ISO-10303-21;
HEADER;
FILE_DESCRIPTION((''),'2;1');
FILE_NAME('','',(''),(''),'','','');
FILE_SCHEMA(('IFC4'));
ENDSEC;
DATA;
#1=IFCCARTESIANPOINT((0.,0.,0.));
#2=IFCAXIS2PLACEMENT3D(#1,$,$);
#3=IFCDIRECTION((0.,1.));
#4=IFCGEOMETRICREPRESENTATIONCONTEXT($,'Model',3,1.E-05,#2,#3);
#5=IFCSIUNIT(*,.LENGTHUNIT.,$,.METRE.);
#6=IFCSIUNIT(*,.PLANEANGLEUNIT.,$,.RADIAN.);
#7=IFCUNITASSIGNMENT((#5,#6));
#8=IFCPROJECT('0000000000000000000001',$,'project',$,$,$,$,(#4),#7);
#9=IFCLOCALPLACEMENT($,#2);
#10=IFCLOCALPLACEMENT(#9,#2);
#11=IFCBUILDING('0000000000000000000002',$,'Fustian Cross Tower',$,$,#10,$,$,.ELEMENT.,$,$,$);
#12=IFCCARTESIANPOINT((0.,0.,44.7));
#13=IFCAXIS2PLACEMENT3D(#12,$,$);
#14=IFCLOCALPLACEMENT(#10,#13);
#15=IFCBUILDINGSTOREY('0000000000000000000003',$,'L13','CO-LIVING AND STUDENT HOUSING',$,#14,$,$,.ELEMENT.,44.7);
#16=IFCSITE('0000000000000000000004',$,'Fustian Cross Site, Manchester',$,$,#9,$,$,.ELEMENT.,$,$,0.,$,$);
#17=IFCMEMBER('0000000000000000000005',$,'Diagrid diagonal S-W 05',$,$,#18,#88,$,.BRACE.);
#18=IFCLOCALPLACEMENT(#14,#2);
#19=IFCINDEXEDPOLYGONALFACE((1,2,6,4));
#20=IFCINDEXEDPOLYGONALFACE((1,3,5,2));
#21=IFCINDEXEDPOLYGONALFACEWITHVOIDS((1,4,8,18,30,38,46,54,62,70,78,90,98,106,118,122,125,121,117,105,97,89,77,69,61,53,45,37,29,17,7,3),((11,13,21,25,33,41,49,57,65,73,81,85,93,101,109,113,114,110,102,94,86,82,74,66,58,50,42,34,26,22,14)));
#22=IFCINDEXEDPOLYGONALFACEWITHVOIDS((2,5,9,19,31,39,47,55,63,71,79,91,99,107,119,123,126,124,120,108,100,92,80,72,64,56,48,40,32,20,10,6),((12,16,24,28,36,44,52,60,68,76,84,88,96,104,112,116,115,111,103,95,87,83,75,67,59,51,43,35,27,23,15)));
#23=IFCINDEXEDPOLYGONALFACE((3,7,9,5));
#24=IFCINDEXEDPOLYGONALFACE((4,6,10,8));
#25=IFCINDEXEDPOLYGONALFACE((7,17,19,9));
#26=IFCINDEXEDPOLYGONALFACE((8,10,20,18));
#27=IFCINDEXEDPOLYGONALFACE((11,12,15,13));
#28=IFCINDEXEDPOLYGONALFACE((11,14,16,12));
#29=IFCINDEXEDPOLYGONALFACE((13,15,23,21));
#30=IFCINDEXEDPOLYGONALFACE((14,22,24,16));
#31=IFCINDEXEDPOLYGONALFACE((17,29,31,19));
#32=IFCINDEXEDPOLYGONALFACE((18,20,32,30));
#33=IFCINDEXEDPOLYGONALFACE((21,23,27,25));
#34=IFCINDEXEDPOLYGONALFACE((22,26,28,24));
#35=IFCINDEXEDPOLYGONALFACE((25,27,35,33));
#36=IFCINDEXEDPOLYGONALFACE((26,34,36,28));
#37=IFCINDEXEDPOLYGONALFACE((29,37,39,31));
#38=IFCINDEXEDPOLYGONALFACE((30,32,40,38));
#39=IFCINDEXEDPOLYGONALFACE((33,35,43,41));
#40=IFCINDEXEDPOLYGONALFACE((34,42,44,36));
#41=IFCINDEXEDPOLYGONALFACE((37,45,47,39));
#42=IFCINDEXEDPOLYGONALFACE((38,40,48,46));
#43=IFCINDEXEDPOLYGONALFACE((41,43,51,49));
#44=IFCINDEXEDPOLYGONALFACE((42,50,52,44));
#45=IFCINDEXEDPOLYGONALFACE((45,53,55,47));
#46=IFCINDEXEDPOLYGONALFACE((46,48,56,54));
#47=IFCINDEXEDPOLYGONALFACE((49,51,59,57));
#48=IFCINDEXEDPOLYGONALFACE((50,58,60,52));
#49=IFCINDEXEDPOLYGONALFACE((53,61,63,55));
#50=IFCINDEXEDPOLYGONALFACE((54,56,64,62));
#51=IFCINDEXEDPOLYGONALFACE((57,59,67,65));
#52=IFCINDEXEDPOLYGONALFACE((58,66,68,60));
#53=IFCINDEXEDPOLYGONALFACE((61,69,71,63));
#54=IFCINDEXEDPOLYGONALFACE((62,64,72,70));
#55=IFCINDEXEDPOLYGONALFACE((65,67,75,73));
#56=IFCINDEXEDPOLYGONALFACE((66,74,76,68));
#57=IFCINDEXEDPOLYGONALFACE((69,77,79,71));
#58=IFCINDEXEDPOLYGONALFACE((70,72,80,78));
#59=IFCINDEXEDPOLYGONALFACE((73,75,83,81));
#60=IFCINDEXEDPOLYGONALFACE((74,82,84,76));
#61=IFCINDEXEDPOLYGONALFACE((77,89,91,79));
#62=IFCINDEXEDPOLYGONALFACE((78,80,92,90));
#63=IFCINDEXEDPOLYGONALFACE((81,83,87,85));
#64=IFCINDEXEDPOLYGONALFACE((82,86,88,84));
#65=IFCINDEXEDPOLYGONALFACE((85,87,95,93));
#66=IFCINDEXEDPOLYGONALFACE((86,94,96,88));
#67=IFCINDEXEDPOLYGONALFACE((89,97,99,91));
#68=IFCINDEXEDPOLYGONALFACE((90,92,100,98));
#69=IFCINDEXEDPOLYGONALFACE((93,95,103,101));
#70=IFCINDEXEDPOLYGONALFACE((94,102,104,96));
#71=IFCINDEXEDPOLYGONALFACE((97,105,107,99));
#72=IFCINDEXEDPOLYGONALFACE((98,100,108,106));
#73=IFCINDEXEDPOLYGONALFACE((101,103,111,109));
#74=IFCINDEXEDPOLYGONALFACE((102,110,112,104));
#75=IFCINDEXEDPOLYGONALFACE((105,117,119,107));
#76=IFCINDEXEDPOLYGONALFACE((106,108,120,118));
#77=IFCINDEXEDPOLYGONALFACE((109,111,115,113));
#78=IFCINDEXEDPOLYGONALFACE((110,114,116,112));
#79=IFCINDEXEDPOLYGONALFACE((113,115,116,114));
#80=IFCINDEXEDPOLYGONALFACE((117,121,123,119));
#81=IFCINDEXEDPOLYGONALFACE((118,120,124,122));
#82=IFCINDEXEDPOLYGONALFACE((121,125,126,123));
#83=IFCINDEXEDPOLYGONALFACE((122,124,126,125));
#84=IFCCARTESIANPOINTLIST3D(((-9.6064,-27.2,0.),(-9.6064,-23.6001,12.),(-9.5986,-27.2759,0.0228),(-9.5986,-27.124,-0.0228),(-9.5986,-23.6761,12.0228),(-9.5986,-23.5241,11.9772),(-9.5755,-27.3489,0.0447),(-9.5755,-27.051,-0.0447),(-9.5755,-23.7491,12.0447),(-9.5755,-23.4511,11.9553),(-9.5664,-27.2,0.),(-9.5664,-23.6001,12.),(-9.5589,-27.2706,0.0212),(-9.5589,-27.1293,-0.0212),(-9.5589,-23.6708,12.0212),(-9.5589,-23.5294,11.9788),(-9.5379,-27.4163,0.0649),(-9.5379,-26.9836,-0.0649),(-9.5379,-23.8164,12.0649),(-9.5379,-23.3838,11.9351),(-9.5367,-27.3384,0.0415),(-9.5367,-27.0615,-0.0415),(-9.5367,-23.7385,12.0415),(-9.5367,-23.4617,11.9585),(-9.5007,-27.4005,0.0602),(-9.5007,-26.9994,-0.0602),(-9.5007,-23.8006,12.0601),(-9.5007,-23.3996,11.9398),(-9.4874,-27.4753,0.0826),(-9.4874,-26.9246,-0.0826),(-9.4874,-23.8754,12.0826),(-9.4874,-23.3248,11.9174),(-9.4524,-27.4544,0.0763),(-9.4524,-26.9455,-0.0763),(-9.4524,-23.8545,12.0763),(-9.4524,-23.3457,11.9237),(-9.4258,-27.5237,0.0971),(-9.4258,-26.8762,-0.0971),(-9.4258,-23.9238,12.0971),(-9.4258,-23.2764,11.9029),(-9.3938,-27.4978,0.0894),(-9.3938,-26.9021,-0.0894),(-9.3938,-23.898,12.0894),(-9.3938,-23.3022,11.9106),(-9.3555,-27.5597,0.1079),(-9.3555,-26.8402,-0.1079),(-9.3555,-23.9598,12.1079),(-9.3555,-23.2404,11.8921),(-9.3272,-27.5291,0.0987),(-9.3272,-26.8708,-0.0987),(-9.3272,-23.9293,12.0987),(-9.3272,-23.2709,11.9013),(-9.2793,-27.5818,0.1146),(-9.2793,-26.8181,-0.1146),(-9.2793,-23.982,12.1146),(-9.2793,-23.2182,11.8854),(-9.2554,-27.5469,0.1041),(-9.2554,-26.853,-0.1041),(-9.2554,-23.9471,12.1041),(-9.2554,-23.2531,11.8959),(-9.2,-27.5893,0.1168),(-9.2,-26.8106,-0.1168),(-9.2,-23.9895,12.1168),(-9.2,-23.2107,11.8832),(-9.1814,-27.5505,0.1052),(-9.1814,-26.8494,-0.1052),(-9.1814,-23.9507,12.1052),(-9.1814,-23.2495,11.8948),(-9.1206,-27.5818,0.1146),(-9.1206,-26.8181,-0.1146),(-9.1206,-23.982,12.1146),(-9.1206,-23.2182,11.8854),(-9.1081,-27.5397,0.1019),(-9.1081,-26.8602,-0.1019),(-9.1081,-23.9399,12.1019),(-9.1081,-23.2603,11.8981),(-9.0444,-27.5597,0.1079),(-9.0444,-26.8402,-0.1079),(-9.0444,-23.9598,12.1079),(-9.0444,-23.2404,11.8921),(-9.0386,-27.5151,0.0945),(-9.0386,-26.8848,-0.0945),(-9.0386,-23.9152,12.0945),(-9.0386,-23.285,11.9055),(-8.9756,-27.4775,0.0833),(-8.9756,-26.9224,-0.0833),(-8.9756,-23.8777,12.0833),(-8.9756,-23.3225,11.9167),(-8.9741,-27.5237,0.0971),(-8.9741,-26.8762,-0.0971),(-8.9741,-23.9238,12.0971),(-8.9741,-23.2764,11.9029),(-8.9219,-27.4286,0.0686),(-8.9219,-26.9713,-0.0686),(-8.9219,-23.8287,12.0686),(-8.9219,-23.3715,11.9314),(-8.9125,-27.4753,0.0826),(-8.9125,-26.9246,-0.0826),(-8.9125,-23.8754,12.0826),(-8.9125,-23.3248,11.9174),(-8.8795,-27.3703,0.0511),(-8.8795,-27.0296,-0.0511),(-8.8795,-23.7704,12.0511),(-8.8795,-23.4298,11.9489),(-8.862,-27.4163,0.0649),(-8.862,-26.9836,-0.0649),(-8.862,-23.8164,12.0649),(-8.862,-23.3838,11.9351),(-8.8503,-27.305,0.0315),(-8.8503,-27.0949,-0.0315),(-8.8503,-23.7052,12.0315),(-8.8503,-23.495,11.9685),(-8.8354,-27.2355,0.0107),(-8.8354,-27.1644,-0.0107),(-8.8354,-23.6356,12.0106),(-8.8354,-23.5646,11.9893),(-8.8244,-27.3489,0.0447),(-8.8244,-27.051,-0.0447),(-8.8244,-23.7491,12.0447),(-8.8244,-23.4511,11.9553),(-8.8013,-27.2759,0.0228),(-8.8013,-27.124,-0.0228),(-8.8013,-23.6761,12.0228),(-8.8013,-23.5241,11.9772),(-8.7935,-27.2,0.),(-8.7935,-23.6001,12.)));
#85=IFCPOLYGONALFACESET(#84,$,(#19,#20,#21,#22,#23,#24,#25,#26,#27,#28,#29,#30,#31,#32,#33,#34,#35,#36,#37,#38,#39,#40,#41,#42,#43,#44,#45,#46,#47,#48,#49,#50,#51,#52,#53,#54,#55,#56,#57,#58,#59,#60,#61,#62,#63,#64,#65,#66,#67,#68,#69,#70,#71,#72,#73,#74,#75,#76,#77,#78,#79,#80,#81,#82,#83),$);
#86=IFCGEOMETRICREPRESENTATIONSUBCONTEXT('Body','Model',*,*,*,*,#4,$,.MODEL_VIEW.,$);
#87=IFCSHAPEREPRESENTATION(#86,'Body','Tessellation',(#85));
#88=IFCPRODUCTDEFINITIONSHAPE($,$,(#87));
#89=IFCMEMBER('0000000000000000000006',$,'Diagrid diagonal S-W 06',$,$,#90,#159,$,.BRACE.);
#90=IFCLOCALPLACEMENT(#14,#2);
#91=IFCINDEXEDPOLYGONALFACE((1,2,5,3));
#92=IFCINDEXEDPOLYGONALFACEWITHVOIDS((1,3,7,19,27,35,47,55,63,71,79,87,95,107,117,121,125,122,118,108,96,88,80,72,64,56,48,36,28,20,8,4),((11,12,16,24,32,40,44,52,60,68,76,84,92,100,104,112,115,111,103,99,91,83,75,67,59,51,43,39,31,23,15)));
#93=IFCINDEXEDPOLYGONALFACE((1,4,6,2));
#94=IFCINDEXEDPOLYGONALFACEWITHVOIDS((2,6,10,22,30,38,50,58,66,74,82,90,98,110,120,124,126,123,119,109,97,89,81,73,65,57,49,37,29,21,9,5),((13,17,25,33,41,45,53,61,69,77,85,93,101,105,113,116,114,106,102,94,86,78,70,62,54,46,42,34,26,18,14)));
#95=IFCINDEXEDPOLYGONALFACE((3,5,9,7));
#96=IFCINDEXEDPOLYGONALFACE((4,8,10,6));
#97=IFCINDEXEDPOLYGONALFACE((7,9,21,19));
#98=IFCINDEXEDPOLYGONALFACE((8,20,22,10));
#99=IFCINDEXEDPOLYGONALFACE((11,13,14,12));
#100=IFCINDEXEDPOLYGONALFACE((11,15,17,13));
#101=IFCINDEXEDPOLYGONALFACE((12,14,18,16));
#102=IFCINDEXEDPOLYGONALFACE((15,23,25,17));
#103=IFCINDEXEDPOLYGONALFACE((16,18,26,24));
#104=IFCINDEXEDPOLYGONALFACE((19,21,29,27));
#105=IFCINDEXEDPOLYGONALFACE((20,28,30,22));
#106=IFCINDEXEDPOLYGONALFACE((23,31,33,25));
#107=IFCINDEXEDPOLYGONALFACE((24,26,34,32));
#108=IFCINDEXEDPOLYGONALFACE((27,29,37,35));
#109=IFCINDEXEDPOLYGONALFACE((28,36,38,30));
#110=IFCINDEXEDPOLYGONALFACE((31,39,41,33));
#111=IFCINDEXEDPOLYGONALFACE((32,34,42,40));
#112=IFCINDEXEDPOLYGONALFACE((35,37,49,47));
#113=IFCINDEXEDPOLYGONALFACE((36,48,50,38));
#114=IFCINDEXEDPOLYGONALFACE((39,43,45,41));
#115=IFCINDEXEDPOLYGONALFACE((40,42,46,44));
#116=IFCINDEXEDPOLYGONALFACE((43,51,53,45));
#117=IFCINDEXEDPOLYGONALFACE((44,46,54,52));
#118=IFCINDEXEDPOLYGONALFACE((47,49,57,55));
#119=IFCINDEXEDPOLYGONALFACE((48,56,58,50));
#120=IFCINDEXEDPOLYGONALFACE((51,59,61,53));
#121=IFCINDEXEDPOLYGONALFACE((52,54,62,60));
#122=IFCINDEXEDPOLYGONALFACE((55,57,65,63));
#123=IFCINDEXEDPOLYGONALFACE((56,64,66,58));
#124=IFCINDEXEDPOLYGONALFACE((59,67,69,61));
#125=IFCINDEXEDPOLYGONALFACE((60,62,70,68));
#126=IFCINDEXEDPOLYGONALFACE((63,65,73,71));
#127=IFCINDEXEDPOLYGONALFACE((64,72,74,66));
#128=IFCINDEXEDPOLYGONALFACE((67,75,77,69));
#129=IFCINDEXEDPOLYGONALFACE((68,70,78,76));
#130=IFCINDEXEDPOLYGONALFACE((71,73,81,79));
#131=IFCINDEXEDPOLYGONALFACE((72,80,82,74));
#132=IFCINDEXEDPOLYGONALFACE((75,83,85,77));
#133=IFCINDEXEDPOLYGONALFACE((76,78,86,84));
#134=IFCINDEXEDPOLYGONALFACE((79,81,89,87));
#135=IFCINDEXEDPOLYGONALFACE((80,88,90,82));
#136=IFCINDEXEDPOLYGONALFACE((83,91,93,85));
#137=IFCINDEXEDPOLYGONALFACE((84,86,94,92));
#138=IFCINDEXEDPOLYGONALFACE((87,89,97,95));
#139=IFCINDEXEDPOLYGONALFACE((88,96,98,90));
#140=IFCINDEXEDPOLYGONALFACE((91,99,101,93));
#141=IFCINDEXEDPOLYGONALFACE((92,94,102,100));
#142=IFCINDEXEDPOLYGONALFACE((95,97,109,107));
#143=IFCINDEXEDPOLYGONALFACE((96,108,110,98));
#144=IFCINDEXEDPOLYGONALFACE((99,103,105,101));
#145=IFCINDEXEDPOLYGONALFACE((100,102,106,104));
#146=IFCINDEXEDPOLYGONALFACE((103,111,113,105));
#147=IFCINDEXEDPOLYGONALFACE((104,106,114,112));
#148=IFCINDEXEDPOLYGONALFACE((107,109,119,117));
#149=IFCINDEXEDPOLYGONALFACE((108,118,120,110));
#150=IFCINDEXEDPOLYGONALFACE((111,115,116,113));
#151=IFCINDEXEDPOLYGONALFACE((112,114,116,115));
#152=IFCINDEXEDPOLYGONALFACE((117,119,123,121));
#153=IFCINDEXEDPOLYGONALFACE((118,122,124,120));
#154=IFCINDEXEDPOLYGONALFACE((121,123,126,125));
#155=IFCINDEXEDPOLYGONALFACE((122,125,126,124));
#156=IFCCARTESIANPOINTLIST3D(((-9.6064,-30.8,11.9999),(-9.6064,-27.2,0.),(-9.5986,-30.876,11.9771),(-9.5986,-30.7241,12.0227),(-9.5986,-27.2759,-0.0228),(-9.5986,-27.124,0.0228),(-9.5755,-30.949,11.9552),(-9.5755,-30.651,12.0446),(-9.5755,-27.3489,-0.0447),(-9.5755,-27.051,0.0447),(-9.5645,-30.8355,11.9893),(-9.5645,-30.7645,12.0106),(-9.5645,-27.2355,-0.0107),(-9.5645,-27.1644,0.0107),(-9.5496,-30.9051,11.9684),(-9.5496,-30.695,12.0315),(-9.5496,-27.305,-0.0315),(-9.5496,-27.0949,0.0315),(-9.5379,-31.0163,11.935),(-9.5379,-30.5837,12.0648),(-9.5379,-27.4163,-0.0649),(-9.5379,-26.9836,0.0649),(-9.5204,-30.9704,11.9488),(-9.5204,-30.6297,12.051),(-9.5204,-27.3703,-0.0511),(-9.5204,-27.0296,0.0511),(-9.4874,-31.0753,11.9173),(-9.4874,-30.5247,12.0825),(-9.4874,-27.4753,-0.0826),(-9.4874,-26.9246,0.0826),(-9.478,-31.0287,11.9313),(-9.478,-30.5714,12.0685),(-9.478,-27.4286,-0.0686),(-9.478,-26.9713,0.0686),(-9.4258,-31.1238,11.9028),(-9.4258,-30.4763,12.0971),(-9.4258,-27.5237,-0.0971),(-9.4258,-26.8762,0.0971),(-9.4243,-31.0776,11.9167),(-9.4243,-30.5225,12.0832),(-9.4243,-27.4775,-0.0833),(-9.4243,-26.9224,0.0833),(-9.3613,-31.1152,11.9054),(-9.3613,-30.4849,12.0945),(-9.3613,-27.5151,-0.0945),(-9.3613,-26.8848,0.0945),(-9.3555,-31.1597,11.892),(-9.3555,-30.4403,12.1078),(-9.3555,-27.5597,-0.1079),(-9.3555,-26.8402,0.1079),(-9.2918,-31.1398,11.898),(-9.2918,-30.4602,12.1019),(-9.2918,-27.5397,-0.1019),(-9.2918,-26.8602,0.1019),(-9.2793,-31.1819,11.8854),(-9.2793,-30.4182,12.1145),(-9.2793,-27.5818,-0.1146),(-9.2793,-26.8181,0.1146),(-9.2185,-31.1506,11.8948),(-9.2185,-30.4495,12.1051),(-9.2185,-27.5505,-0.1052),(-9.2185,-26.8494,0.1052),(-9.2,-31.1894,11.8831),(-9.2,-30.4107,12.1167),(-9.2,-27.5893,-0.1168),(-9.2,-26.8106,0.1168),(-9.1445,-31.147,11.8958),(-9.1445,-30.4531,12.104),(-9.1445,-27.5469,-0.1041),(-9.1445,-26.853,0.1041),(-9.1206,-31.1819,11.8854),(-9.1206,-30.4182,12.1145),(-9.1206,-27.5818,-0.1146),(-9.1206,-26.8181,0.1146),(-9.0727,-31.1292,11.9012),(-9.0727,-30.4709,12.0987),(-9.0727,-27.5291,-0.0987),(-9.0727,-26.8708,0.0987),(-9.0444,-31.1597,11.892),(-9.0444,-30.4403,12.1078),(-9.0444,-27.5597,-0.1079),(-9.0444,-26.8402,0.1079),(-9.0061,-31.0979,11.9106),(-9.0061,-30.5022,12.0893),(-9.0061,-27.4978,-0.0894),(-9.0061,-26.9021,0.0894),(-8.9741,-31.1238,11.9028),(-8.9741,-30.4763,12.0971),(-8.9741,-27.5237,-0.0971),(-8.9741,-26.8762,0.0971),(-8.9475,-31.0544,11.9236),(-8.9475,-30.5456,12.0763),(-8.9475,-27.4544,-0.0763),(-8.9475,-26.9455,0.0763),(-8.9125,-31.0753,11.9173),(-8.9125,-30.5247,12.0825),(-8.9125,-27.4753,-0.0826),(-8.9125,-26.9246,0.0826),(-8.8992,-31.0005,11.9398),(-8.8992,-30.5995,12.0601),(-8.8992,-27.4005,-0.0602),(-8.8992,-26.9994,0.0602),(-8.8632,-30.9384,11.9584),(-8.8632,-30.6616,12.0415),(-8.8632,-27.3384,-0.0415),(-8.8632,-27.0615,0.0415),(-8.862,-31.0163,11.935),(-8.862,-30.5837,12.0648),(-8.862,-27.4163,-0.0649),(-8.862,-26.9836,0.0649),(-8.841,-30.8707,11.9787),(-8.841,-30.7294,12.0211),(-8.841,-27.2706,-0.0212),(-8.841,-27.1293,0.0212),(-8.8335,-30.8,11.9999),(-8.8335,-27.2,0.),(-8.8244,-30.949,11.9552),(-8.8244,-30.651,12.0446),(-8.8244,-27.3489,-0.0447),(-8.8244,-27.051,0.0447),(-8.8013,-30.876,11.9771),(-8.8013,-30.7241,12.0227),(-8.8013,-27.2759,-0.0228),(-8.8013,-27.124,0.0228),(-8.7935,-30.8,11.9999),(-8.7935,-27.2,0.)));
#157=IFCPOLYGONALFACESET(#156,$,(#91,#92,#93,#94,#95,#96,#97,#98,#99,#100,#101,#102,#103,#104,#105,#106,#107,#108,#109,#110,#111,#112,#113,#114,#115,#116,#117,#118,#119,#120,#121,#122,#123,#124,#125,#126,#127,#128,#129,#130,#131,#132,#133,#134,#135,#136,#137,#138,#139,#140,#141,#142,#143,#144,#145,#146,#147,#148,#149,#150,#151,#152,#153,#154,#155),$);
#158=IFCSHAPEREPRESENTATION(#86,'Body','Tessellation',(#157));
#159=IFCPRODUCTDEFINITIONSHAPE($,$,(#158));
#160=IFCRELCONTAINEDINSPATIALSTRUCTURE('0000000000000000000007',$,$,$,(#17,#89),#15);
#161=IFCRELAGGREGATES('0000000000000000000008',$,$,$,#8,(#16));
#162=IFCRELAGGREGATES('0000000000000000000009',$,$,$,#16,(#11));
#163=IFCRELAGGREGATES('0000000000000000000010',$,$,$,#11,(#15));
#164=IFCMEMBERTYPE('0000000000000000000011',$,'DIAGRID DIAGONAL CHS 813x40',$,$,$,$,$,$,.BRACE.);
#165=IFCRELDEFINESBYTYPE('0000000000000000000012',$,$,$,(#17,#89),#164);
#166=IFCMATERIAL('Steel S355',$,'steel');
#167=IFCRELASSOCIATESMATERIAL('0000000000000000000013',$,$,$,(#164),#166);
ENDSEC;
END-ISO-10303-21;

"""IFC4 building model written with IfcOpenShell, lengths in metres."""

from ifc_helpers import new_model, si_unit, direction, frame, origin, origin_2d, place, context, subcontext, project, spatial, hollow_circle, extrude, material, material_profile, profile_set, type_object, element, save


model = new_model("IFC4")

# Units and contexts
model_context = context("Model", 3, precision=1e-05, world=origin(), true_north=direction((0.0, 1.0)))
body_context = subcontext(model_context, "Body", "Model", "MODEL_VIEW")
ifc_project = project(units=[si_unit("LENGTHUNIT", "METRE"), si_unit("PLANEANGLEUNIT", "RADIAN")], contexts=[model_context])

# Site, building, storey
site_placement = place(None, origin())
site = spatial("IfcSite", under=ifc_project, at=site_placement, Name="Fustian Cross Site, Manchester", CompositionType="ELEMENT", RefElevation=0.0)
building_placement = place(site_placement, origin())
building = spatial("IfcBuilding", under=site, at=building_placement, Name="Fustian Cross Tower", CompositionType="ELEMENT")
storey_placement = place(building_placement, frame((0.0, 0.0, 44.7)))
storey = spatial("IfcBuildingStorey", under=building, at=storey_placement, Name="L13", Description="CO-LIVING AND STUDENT HOUSING", CompositionType="ELEMENT", Elevation=44.7)

# Members
ifc_material_1 = material(Name="Steel S355", Category="steel")
ifc_material_profile_1 = material_profile(ifc_material_1, hollow_circle(Radius=0.4065, WallThickness=0.04, at=origin_2d()), Name="CHS 813x40")
ifc_profile_set_1 = profile_set([ifc_material_profile_1], Name="Steel S355")
member_type_1 = type_object("IfcMemberType", Name="DIAGRID DIAGONAL CHS 813x40", PredefinedType="BRACE", material=ifc_profile_set_1)
for number, where, z_axis, x_axis, name in (
    (1, (-9.2, -27.2, 0.0), (0.0, 0.287337, 0.95783), (-1.0, 0.0, 0.0), "Diagrid diagonal S-W 05"),
    (2, (-9.2, -27.2, 0.0), (0.0, -0.287355, 0.957824), (1.0, 0.0, 0.0), "Diagrid diagonal S-W 06"),
):
    element("IfcMember", number, at=place(storey_placement, frame(where, z_axis=z_axis, x_axis=x_axis)), inside=storey, type_object=member_type_1, Name=name, PredefinedType="BRACE", context=body_context, shape_type="SweptSolid", body=[
        extrude(hollow_circle(Radius=0.4065, WallThickness=0.04, at=origin_2d()), origin(), (0.0, 0.0, 1.0), 12.5283),
    ])

save(model, "model.ifc")
